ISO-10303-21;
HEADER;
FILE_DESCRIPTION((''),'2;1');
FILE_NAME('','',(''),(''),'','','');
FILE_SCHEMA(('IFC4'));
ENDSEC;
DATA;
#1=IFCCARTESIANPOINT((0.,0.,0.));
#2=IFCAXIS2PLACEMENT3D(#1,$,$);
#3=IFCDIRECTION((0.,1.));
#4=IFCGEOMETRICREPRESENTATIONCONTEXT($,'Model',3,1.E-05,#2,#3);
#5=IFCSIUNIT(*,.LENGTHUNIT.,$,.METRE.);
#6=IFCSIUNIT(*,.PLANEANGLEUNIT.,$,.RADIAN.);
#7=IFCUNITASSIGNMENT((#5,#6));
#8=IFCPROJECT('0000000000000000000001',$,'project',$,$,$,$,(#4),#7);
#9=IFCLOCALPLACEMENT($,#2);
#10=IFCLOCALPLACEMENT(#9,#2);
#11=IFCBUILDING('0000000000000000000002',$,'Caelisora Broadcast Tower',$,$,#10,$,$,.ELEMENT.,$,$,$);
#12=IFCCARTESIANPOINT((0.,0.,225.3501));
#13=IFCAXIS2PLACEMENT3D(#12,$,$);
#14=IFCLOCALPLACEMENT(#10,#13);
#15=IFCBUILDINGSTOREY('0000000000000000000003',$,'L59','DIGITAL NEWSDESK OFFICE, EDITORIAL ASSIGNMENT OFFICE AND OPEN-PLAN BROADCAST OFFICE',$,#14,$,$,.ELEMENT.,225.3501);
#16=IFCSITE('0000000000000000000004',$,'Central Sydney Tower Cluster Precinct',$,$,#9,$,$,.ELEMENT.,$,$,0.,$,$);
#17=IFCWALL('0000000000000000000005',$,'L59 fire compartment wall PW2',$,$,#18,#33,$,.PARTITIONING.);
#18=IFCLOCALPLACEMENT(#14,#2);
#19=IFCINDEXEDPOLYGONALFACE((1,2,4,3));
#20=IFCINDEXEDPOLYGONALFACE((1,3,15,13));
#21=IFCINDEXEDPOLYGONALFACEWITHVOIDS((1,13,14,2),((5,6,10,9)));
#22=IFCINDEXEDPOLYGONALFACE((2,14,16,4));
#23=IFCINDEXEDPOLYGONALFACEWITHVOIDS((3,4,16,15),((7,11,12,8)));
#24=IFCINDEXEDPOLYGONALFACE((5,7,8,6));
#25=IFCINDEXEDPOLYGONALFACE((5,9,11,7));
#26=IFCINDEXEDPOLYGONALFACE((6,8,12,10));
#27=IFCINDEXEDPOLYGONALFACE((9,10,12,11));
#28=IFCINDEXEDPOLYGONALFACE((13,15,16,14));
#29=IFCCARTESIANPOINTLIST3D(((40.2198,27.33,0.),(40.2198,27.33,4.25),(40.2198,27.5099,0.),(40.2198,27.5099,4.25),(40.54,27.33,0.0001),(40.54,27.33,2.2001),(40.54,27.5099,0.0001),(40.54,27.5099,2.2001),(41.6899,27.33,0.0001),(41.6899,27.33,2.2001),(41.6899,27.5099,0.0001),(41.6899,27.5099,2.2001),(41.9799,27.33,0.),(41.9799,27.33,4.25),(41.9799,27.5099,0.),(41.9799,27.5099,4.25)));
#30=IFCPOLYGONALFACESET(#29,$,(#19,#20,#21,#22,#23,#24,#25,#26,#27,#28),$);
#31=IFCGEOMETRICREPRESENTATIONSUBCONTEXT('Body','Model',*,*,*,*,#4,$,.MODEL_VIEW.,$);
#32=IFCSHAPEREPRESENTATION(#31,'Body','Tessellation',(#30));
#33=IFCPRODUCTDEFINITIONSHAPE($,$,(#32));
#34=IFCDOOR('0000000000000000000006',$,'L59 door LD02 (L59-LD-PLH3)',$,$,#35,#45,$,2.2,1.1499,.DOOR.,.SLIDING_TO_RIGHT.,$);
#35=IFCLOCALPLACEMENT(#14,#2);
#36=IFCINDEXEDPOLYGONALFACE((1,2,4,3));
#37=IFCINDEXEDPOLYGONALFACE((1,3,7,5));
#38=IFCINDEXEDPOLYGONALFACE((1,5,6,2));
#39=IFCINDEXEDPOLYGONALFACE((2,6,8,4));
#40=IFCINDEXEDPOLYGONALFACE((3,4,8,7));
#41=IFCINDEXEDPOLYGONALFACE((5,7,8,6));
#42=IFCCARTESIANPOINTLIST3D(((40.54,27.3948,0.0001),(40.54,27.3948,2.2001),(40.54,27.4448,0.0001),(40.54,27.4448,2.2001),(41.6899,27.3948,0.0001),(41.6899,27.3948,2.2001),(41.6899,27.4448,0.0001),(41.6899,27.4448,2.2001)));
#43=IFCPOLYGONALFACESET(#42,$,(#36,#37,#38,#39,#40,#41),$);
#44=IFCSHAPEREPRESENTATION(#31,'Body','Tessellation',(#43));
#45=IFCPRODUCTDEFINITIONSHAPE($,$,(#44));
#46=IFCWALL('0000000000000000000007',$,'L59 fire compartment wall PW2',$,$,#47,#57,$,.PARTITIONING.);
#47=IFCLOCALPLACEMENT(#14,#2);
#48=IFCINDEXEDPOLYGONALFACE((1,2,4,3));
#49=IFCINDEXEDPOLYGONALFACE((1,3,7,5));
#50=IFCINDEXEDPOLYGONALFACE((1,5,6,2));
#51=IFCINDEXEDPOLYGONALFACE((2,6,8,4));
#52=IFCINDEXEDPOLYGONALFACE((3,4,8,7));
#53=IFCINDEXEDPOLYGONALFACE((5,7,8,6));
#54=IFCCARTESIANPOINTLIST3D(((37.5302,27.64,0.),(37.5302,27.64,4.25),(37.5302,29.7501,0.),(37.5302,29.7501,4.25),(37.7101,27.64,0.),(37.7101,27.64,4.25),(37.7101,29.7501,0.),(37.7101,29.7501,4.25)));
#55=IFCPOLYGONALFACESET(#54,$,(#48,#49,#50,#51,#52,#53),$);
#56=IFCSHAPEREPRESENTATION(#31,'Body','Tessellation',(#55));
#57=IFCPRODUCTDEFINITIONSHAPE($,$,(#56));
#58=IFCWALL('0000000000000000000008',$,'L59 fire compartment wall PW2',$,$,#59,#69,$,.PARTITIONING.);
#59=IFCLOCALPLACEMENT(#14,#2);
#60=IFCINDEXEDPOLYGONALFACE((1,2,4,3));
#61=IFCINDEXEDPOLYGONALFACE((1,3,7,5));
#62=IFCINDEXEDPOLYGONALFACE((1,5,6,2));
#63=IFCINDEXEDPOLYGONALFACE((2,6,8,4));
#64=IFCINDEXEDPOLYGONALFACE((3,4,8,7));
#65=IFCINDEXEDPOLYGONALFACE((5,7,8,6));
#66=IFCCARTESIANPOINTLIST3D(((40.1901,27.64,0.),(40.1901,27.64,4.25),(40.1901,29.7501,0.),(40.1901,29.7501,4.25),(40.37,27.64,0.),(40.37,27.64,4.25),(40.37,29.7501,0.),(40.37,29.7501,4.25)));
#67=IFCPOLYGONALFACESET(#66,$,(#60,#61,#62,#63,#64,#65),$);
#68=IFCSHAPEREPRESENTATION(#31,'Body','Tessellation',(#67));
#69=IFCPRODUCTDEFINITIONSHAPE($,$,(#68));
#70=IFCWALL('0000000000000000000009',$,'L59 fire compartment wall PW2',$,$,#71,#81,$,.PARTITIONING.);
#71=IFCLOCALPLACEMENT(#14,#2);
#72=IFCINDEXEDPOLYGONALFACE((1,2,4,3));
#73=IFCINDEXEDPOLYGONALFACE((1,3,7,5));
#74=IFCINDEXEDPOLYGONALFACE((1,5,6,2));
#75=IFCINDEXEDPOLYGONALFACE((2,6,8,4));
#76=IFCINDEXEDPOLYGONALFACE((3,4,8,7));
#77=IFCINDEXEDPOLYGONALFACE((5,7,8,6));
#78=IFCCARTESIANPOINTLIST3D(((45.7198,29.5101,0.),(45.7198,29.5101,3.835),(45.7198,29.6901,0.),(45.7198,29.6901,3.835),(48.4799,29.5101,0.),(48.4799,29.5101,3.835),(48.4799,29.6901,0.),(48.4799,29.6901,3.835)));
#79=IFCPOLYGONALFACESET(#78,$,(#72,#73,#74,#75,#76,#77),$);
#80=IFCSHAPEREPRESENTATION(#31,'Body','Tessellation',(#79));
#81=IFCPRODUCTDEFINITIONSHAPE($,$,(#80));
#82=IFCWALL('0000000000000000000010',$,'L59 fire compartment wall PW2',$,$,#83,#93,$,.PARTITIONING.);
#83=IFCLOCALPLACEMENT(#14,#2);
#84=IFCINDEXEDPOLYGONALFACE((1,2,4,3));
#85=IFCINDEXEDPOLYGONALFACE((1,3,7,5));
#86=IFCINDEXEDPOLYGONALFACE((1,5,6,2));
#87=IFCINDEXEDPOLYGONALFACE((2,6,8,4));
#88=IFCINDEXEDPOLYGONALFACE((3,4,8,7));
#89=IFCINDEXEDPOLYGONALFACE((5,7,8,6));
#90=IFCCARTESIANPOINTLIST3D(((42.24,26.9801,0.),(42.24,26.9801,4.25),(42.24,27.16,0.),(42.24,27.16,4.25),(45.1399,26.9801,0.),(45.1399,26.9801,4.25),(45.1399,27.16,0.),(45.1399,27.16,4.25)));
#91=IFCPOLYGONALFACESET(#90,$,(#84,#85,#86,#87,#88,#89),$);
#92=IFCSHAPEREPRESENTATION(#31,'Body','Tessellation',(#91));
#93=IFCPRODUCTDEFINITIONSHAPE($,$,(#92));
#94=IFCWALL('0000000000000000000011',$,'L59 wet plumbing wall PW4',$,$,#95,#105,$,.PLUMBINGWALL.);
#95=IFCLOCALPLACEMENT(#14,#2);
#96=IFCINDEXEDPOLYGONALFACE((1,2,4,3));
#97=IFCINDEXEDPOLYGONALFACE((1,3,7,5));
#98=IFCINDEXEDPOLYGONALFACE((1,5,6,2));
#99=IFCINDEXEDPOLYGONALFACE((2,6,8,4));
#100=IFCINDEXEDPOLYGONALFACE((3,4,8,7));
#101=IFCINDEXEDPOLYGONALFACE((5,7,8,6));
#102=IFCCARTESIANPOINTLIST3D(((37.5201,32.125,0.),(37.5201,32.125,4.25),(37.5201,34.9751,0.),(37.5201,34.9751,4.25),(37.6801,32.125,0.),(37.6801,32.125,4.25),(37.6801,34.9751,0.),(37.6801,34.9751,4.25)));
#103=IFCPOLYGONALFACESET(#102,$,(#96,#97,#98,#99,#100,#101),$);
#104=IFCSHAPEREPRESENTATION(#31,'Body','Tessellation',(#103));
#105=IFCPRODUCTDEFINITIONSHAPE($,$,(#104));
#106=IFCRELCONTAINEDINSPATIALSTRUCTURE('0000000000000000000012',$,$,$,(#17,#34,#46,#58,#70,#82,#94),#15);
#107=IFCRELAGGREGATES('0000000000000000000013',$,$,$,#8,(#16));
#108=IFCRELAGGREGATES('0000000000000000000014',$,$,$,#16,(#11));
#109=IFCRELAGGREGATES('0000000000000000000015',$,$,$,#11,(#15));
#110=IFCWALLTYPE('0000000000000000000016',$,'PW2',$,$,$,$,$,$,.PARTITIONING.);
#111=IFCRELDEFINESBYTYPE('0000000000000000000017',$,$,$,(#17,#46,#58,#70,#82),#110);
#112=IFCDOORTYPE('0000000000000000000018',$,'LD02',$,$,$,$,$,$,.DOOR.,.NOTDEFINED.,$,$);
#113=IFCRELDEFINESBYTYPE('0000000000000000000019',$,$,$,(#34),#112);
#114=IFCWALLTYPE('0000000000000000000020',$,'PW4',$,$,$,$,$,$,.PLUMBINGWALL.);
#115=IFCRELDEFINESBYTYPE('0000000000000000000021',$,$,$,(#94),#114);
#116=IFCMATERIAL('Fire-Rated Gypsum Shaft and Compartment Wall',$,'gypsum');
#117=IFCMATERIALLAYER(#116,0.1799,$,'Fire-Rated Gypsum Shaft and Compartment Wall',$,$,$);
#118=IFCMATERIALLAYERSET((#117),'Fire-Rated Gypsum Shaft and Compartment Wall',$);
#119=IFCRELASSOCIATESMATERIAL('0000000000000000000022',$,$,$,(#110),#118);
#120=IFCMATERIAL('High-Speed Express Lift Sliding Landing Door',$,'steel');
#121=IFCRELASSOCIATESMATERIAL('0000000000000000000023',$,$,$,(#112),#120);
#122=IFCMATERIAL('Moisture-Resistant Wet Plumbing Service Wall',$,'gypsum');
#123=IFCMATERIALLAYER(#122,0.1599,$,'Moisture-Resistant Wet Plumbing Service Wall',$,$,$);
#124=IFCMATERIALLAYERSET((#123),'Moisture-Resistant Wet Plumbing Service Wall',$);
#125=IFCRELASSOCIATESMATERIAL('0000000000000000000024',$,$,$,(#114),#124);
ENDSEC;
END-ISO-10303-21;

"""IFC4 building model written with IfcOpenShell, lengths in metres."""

from ifc_helpers import new_model, si_unit, direction, frame, frame_2d, origin, place, context, subcontext, project, spatial, rectangle, extrude, material, layer, layer_set, type_object, element, fill, save


model = new_model("IFC4")

# Units and contexts
model_context = context("Model", 3, precision=1e-05, world=origin(), true_north=direction((0.0, 1.0)))
body_context = subcontext(model_context, "Body", "Model", "MODEL_VIEW")
ifc_project = project(units=[si_unit("LENGTHUNIT", "METRE"), si_unit("PLANEANGLEUNIT", "RADIAN")], contexts=[model_context])

# Site, building, storey
site_placement = place(None, origin())
site = spatial("IfcSite", under=ifc_project, at=site_placement, Name="Central Sydney Tower Cluster Precinct", CompositionType="ELEMENT", RefElevation=0.0)
building_placement = place(site_placement, origin())
building = spatial("IfcBuilding", under=site, at=building_placement, Name="Caelisora Broadcast Tower", CompositionType="ELEMENT")
storey_placement = place(building_placement, frame((0.0, 0.0, 225.3501)))
storey = spatial("IfcBuildingStorey", under=building, at=storey_placement, Name="L59", Description="DIGITAL NEWSDESK OFFICE, EDITORIAL ASSIGNMENT OFFICE AND OPEN-PLAN BROADCAST OFFICE", CompositionType="ELEMENT", Elevation=225.3501)

# Shared definitions
ifc_material_1 = material(Name="Fire-Rated Gypsum Shaft and Compartment Wall", Category="gypsum")
ifc_layer_1 = layer(ifc_material_1, 0.1799, Name="Fire-Rated Gypsum Shaft and Compartment Wall")
ifc_layer_set_1 = layer_set([ifc_layer_1], Name="Fire-Rated Gypsum Shaft and Compartment Wall")
wall_type_1 = type_object("IfcWallType", Name="PW2", PredefinedType="PARTITIONING", material=ifc_layer_set_1)
ifc_material_2 = material(Name="High-Speed Express Lift Sliding Landing Door", Category="steel")
door_type = type_object("IfcDoorType", Name="LD02", OperationType="NOTDEFINED", PredefinedType="DOOR", material=ifc_material_2)

# Wall, opening, door
wall_1_placement = place(storey_placement, frame((40.22, 27.4199, 0.0), z_axis=(0.0, 0.0, 1.0), x_axis=(1.0, 0.0, 0.0)))
wall_1 = element("IfcWall", 1, at=wall_1_placement, inside=storey, type_object=wall_type_1, Name="L59 fire compartment wall PW2", PredefinedType="PARTITIONING", context=body_context, shape_type="SweptSolid", body=[
    extrude(rectangle(XDim=1.76, YDim=0.1799, at=frame_2d((0.8799, 0.0))), origin(), (0.0, 0.0, 1.0), 4.25),
])
opening_1_placement = place(wall_1_placement, frame((0.3201, 0.0, 0.0)))
opening_1 = element("IfcOpeningElement", 2, at=opening_1_placement, cuts=wall_1, PredefinedType="OPENING", context=body_context, shape_type="SweptSolid", body=[
    extrude(rectangle(XDim=1.1499, YDim=2.2, at=frame_2d((0.575, 1.1001))), frame((0.0, 0.1021, 0.0), z_axis=(0.0, -1.0, 0.0), x_axis=(1.0, 0.0, 0.0)), (0.0, 0.0, 1.0), 0.2039),
])
door_1_placement = place(opening_1_placement, origin())
door_1 = element("IfcDoor", 3, at=door_1_placement, inside=storey, type_object=door_type, Name="L59 door LD02 (L59-LD-PLH3)", OperationType="SLIDING_TO_RIGHT", OverallHeight=2.2, OverallWidth=1.1499, PredefinedType="DOOR", context=body_context, shape_type="SweptSolid", body=[
    extrude(rectangle(XDim=1.1499, YDim=2.2, at=frame_2d((0.575, 1.1001))), frame((0.0, 0.0249, 0.0), z_axis=(0.0, -1.0, 0.0), x_axis=(1.0, 0.0, 0.0)), (0.0, 0.0, 1.0), 0.05),
])
fill(opening_1, door_1)

# Walls
for number, where, z_axis, x_axis, name in (
    (4, (37.6201, 27.6399, 0.0), (0.0, 0.0, 1.0), (0.0, 1.0, 0.0), "L59 fire compartment wall PW2"),
    (5, (40.28, 27.6399, 0.0), (0.0, 0.0, 1.0), (0.0, 1.0, 0.0), "L59 fire compartment wall PW2"),
):
    element("IfcWall", number, at=place(storey_placement, frame(where, z_axis=z_axis, x_axis=x_axis)), inside=storey, type_object=wall_type_1, Name=name, PredefinedType="PARTITIONING", context=body_context, shape_type="SweptSolid", body=[
        extrude(rectangle(XDim=2.1101, YDim=0.1799, at=frame_2d((1.0552, 0.0))), origin(), (0.0, 0.0, 1.0), 4.25),
    ])
wall_2_placement = place(storey_placement, frame((45.72, 29.6001, 0.0), z_axis=(0.0, 0.0, 1.0), x_axis=(1.0, 0.0, 0.0)))
element("IfcWall", 6, at=wall_2_placement, inside=storey, type_object=wall_type_1, Name="L59 fire compartment wall PW2", PredefinedType="PARTITIONING", context=body_context, shape_type="SweptSolid", body=[
    extrude(rectangle(XDim=2.76, YDim=0.1799, at=frame_2d((1.3799, 0.0))), origin(), (0.0, 0.0, 1.0), 3.835),
])
wall_3_placement = place(storey_placement, frame((42.24, 27.0701, 0.0), z_axis=(0.0, 0.0, 1.0), x_axis=(1.0, 0.0, 0.0)))
element("IfcWall", 7, at=wall_3_placement, inside=storey, type_object=wall_type_1, Name="L59 fire compartment wall PW2", PredefinedType="PARTITIONING", context=body_context, shape_type="SweptSolid", body=[
    extrude(rectangle(XDim=2.8999, YDim=0.1799, at=frame_2d((1.45, 0.0))), origin(), (0.0, 0.0, 1.0), 4.25),
])
ifc_material_3 = material(Name="Moisture-Resistant Wet Plumbing Service Wall", Category="gypsum")
ifc_layer_2 = layer(ifc_material_3, 0.1599, Name="Moisture-Resistant Wet Plumbing Service Wall")
ifc_layer_set_2 = layer_set([ifc_layer_2], Name="Moisture-Resistant Wet Plumbing Service Wall")
wall_type_2 = type_object("IfcWallType", Name="PW4", PredefinedType="PLUMBINGWALL", material=ifc_layer_set_2)
wall_4_placement = place(storey_placement, frame((37.6001, 32.125, 0.0), z_axis=(0.0, 0.0, 1.0), x_axis=(0.0, 1.0, 0.0)))
element("IfcWall", 8, at=wall_4_placement, inside=storey, type_object=wall_type_2, Name="L59 wet plumbing wall PW4", PredefinedType="PLUMBINGWALL", context=body_context, shape_type="SweptSolid", body=[
    extrude(rectangle(XDim=2.8501, YDim=0.1599, at=frame_2d((1.425, 0.0))), origin(), (0.0, 0.0, 1.0), 4.25),
])

save(model, "model.ifc")
